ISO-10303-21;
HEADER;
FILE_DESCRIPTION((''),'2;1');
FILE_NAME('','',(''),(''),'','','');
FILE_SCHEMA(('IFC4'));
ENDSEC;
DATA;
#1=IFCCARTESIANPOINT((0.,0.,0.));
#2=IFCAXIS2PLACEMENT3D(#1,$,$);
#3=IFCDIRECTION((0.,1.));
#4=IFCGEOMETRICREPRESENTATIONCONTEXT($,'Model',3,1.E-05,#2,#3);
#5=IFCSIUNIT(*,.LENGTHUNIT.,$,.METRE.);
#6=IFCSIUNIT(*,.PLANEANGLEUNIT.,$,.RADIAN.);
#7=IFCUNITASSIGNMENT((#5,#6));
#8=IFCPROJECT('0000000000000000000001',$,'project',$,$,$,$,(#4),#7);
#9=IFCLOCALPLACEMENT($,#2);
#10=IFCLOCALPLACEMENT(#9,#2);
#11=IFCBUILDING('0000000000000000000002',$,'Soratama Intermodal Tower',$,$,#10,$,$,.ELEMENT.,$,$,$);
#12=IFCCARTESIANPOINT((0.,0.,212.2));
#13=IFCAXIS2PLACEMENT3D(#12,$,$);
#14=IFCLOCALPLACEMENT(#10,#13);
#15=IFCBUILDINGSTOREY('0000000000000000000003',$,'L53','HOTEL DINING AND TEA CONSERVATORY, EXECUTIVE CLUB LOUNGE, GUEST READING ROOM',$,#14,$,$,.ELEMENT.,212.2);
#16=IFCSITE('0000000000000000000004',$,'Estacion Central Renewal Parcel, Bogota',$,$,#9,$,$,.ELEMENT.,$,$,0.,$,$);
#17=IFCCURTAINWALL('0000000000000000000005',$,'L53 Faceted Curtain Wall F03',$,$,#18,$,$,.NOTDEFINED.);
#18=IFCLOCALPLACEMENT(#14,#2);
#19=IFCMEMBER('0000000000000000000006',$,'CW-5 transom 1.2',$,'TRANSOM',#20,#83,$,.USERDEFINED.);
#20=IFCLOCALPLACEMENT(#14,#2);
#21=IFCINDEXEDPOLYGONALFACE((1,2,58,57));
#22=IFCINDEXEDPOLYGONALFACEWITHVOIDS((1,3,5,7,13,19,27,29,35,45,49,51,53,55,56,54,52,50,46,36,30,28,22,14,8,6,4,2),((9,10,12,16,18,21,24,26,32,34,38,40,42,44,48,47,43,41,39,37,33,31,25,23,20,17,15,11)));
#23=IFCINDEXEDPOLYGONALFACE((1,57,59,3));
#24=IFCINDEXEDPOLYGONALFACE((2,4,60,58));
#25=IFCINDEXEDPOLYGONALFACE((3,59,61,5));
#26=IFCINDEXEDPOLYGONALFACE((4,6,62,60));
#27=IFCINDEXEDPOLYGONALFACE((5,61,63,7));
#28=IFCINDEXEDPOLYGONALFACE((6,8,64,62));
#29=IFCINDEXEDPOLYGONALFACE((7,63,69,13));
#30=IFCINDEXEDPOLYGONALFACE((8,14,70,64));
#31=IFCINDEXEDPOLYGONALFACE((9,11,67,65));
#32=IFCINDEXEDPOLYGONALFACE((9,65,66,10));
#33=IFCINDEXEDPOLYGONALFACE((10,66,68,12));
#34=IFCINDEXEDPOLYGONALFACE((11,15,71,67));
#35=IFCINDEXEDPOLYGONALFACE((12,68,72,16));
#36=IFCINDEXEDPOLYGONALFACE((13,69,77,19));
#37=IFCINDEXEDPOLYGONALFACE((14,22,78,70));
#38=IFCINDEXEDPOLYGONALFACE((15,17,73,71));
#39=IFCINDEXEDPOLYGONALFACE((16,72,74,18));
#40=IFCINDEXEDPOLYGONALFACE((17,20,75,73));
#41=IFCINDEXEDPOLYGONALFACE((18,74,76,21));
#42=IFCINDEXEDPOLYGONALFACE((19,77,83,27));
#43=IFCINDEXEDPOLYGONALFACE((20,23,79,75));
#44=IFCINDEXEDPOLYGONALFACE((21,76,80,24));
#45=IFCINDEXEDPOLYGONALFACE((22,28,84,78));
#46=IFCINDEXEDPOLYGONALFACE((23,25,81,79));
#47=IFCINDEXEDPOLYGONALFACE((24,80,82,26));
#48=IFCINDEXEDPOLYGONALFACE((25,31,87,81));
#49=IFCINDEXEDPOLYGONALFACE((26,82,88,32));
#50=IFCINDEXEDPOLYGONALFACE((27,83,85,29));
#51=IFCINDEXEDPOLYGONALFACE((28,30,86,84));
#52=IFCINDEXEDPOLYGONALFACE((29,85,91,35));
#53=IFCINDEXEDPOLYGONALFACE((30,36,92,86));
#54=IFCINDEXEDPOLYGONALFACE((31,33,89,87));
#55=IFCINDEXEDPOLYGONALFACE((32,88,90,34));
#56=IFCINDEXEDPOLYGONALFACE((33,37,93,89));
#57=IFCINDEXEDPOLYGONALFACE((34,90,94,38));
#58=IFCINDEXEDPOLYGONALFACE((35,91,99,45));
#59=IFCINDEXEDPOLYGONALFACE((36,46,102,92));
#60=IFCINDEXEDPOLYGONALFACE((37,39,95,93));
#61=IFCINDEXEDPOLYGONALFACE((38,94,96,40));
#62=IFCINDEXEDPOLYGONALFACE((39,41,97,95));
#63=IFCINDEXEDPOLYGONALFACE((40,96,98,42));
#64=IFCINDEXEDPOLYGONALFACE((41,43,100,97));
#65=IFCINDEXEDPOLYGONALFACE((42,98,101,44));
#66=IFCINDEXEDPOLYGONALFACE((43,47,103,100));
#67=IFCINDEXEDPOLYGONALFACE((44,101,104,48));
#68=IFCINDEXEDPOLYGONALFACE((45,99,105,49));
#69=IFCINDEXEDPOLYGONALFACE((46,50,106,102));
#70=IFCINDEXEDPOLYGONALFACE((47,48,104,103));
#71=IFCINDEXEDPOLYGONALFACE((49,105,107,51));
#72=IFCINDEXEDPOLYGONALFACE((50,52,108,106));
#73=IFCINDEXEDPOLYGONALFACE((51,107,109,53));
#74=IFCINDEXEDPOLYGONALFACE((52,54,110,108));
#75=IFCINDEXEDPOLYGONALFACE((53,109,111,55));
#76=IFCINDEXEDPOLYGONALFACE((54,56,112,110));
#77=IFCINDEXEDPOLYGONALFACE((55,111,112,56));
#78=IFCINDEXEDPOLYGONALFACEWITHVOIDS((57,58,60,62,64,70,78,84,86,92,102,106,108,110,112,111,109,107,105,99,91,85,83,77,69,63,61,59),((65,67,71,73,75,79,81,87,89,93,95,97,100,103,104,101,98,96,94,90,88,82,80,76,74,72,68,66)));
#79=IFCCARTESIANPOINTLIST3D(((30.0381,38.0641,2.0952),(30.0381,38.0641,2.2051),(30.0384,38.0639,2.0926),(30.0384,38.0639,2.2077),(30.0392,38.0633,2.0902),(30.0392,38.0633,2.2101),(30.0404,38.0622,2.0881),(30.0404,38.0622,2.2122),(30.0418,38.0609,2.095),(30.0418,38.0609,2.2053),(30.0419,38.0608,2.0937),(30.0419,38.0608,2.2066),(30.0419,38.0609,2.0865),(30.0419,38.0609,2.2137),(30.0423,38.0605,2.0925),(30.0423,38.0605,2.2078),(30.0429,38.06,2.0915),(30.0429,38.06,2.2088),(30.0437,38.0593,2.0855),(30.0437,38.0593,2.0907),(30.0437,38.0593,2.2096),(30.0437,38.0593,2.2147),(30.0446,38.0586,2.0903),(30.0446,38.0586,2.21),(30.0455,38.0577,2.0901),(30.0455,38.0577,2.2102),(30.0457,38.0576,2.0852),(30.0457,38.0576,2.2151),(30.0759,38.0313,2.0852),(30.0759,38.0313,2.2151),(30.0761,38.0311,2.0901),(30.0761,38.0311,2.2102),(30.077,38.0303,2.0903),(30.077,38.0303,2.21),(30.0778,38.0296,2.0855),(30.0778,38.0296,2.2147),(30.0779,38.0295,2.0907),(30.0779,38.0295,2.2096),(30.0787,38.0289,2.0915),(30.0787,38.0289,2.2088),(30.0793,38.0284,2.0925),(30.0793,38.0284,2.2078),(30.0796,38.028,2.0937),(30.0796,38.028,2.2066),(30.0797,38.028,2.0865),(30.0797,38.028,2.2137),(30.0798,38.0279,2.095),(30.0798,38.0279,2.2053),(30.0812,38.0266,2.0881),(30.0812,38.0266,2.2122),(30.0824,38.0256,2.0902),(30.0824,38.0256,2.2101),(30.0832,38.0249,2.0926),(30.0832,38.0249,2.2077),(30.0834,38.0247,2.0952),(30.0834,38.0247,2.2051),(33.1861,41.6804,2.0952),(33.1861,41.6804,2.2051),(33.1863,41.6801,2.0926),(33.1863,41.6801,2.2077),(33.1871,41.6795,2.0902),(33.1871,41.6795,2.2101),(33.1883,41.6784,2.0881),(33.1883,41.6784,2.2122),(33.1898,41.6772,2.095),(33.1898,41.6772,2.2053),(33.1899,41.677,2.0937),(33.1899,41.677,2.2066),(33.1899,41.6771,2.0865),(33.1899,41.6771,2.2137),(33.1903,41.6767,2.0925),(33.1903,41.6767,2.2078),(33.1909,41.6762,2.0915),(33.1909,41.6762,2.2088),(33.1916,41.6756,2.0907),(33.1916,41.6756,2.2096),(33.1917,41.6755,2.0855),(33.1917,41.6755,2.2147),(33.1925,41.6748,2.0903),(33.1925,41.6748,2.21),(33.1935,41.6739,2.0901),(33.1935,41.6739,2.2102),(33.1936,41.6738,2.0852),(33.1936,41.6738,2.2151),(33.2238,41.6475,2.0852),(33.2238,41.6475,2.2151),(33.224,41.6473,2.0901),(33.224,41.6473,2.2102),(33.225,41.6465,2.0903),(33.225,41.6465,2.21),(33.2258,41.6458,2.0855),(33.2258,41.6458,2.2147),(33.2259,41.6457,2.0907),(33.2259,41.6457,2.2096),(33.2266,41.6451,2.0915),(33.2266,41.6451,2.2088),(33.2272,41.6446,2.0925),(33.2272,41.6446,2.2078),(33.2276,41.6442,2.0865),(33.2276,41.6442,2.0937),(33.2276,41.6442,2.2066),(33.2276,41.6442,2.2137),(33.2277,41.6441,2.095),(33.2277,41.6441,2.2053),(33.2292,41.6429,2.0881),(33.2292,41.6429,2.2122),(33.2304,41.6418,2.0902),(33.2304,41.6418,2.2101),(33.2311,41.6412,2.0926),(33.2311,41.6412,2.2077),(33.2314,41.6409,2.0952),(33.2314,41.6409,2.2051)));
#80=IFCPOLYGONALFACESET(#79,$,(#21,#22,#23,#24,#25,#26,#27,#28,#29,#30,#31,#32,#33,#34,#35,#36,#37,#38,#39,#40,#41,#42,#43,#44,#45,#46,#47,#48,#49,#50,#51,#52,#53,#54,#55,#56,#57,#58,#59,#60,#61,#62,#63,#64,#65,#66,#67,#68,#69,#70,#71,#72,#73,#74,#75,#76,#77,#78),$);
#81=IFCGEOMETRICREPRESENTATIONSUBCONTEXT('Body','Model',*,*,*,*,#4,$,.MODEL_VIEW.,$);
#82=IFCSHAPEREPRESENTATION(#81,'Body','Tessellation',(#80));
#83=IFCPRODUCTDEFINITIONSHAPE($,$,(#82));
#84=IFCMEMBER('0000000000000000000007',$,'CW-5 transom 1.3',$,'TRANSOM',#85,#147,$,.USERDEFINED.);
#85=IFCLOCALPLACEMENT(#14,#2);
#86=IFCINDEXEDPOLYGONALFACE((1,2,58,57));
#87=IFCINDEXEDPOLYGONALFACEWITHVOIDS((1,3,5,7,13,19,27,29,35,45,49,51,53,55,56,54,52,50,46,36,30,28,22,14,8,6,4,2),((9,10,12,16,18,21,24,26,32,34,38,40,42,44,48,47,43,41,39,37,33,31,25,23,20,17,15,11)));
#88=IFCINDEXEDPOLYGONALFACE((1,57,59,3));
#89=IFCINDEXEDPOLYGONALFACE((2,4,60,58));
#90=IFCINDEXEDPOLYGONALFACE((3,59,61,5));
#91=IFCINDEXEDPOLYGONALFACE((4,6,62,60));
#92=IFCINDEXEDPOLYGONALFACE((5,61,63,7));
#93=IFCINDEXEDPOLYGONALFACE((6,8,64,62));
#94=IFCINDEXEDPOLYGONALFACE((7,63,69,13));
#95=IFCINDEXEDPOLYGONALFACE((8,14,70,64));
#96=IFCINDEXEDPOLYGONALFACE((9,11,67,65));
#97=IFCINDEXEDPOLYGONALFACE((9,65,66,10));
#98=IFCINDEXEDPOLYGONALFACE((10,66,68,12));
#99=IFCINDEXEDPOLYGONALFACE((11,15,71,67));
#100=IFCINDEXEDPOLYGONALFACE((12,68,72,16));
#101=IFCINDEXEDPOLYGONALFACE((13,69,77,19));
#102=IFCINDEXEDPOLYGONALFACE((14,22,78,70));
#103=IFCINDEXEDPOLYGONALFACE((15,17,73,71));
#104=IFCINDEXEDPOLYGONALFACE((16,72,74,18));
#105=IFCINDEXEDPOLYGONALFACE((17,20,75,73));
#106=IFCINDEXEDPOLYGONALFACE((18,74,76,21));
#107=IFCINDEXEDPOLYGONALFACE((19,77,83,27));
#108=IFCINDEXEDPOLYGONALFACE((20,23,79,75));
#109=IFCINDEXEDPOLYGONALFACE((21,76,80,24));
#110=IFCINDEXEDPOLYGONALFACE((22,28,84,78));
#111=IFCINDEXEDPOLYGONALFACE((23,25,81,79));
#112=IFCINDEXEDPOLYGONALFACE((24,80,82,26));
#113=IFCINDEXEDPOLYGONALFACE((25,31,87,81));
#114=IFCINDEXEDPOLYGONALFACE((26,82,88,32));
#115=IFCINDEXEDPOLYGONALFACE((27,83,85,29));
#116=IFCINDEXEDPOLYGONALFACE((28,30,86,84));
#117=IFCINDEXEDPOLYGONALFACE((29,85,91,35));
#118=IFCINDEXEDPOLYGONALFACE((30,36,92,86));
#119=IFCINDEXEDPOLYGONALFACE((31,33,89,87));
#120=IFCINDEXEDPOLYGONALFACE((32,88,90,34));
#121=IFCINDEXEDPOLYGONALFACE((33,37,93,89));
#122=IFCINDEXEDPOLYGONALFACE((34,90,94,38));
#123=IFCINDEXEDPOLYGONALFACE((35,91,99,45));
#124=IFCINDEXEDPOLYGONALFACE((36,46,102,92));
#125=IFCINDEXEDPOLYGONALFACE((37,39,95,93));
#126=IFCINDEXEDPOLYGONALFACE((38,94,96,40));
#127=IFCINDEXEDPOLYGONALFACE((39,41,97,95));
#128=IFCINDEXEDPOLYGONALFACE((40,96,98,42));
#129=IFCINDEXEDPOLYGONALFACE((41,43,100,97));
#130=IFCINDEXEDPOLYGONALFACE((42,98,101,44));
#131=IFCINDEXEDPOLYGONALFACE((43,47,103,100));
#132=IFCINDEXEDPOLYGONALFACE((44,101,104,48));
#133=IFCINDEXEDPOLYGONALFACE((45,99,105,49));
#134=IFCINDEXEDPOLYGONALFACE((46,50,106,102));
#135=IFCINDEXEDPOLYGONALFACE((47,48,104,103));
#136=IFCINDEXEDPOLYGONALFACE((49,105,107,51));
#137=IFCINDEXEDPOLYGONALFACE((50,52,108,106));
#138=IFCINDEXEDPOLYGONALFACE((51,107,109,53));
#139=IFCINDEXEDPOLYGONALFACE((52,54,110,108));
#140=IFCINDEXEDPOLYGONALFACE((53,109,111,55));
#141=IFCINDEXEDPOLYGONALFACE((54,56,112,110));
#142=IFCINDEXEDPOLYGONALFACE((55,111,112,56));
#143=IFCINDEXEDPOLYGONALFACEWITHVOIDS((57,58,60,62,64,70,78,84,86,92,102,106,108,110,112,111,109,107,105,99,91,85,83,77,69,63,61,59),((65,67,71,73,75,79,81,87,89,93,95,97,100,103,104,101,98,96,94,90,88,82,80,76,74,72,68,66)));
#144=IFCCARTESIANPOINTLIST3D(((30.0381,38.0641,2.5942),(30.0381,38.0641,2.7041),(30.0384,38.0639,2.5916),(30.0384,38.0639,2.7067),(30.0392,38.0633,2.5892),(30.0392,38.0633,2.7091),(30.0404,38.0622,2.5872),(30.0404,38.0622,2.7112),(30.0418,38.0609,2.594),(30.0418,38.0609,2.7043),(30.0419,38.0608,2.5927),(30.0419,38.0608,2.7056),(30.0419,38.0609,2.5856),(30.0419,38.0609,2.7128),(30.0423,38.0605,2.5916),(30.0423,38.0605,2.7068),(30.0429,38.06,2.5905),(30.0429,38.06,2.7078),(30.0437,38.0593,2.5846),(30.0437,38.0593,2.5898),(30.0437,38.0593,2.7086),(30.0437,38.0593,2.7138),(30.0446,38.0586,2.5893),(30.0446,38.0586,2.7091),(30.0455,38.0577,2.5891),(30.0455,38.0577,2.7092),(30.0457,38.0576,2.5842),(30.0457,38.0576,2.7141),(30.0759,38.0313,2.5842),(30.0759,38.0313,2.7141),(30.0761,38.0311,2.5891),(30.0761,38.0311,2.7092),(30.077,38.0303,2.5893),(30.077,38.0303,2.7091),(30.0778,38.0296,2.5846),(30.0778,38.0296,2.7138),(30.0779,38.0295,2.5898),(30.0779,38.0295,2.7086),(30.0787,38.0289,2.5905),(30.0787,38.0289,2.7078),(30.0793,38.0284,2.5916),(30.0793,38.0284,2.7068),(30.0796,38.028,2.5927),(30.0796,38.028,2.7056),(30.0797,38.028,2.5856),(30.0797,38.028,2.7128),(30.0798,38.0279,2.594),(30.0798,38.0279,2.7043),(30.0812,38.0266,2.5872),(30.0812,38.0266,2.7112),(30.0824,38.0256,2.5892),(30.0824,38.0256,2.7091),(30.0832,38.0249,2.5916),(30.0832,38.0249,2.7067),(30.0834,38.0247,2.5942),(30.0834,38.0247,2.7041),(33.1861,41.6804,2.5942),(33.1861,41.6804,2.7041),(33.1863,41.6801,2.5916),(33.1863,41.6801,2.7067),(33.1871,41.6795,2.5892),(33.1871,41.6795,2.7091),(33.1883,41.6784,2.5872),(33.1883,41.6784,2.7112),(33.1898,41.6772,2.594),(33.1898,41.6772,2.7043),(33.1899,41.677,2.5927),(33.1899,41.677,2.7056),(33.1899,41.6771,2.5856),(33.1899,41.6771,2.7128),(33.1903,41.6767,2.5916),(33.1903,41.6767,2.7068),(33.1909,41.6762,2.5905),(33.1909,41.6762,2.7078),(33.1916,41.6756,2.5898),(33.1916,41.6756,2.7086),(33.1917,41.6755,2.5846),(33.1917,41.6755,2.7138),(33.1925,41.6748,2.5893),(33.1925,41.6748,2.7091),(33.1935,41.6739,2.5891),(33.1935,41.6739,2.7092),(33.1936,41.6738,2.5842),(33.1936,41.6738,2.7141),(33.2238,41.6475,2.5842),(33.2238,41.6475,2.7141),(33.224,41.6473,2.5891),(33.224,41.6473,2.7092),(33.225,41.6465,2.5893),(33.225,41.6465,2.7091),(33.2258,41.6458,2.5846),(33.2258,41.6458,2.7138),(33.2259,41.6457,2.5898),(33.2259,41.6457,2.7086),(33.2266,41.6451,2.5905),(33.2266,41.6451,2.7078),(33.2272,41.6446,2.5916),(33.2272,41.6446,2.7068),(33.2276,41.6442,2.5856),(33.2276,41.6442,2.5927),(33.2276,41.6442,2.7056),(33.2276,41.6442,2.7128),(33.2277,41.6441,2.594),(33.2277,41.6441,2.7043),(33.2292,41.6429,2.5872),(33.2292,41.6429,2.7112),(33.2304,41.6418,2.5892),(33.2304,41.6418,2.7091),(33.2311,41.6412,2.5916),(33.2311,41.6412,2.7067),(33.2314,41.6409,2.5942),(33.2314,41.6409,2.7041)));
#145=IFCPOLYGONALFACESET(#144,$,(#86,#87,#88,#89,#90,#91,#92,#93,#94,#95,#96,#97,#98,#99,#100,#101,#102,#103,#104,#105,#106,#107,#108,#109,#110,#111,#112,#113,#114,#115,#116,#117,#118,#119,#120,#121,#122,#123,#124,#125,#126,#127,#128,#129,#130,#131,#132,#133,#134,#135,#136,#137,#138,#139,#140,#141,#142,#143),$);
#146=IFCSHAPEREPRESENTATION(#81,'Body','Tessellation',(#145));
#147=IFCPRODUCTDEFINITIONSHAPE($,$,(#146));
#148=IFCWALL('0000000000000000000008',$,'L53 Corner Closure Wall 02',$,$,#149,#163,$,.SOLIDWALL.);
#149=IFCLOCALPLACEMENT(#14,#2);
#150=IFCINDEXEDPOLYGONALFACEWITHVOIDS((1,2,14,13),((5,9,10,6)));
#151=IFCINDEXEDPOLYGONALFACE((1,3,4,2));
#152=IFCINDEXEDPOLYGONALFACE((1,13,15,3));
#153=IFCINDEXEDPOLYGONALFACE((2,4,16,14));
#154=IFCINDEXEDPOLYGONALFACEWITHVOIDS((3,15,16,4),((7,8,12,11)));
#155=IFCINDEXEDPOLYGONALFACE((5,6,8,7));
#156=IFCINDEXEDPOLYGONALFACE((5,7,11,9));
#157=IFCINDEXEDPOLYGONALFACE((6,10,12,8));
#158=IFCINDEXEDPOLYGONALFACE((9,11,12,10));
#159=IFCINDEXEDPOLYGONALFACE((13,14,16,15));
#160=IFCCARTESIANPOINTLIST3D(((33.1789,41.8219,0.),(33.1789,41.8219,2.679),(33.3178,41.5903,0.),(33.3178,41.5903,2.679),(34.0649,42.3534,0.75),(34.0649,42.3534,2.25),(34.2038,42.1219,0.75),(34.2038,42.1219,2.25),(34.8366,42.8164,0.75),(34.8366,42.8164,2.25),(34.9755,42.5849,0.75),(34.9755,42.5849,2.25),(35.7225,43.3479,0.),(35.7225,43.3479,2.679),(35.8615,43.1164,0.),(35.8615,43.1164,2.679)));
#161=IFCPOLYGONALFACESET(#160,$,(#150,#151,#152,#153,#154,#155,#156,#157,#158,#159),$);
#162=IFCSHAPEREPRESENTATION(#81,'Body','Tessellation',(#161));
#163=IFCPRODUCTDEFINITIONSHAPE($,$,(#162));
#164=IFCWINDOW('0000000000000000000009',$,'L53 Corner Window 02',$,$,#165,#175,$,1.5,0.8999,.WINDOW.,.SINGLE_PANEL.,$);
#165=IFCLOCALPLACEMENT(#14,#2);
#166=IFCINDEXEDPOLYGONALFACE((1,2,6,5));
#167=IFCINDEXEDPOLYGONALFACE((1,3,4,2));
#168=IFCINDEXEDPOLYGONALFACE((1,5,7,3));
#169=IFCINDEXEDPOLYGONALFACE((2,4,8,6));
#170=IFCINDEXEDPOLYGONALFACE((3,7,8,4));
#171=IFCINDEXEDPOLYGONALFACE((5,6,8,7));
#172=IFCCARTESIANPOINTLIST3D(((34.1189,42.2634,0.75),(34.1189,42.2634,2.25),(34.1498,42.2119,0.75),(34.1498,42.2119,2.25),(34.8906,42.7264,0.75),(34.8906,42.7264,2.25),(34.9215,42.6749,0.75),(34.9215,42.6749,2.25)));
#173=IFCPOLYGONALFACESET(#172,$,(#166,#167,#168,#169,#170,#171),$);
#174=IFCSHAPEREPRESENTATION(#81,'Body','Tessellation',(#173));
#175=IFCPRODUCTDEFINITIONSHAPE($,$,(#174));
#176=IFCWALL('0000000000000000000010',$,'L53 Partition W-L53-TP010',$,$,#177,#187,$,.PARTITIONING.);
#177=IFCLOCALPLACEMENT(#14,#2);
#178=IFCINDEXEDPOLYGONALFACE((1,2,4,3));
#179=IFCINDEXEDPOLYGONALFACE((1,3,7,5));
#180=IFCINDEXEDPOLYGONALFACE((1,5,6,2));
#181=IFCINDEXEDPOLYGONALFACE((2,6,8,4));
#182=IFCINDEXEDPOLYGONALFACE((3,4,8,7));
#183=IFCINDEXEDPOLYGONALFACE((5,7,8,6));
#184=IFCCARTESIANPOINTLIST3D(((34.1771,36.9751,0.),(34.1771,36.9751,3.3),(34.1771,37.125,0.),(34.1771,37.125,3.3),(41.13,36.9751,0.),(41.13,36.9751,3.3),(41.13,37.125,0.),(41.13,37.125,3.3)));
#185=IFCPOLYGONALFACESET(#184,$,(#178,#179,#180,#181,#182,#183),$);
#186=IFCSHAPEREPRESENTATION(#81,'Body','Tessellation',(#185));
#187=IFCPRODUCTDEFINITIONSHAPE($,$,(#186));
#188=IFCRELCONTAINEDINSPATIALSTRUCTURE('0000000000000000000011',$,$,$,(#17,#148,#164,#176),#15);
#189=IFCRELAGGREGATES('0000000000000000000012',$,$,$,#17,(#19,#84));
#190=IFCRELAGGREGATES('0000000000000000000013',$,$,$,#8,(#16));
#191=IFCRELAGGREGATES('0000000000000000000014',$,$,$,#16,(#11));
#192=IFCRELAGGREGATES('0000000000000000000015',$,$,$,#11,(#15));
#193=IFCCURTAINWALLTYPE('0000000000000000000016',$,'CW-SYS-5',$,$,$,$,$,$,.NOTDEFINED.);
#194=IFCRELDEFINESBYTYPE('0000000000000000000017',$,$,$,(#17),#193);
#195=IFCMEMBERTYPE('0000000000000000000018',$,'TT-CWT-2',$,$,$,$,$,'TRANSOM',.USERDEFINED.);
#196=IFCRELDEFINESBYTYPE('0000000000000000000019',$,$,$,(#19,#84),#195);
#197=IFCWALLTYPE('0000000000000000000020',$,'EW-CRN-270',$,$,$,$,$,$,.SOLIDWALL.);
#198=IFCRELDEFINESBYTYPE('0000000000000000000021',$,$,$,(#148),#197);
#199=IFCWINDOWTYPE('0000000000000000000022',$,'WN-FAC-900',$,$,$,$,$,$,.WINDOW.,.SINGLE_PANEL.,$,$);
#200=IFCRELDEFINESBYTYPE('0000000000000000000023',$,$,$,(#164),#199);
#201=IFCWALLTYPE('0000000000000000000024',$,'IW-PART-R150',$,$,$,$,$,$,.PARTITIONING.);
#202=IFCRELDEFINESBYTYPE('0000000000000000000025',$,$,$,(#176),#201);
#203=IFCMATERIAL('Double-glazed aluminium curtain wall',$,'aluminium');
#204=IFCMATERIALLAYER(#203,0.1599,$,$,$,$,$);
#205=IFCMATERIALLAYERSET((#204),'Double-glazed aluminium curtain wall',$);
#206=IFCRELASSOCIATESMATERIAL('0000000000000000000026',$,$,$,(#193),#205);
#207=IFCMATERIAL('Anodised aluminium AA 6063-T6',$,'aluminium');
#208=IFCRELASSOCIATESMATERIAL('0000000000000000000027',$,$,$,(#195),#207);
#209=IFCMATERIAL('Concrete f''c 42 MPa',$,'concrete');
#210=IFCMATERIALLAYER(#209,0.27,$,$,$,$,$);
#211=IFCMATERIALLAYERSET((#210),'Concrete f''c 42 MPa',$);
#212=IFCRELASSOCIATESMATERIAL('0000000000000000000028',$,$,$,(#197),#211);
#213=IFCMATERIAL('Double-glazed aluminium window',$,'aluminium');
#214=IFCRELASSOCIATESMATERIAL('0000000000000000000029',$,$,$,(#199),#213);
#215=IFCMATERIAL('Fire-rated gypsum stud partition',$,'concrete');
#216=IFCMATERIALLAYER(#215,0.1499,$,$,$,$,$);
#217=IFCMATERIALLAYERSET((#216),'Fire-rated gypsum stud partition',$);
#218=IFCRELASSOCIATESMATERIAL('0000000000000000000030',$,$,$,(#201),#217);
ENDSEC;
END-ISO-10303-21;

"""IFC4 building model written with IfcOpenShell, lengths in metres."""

from ifc_helpers import new_model, si_unit, direction, frame, frame_2d, origin, origin_2d, place, context, subcontext, project, spatial, rectangle, hollow_rectangle, extrude, material, layer, layer_set, material_profile, profile_set, type_object, element, fill, aggregate, save


model = new_model("IFC4")

# Units and contexts
model_context = context("Model", 3, precision=1e-05, world=origin(), true_north=direction((0.0, 1.0)))
body_context = subcontext(model_context, "Body", "Model", "MODEL_VIEW")
ifc_project = project(units=[si_unit("LENGTHUNIT", "METRE"), si_unit("PLANEANGLEUNIT", "RADIAN")], contexts=[model_context])

# Site, building, storey
site_placement = place(None, origin())
site = spatial("IfcSite", under=ifc_project, at=site_placement, Name="Estacion Central Renewal Parcel, Bogota", CompositionType="ELEMENT", RefElevation=0.0)
building_placement = place(site_placement, origin())
building = spatial("IfcBuilding", under=site, at=building_placement, Name="Soratama Intermodal Tower", CompositionType="ELEMENT")
storey_placement = place(building_placement, frame((0.0, 0.0, 212.2)))
storey = spatial("IfcBuildingStorey", under=building, at=storey_placement, Name="L53", Description="HOTEL DINING AND TEA CONSERVATORY, EXECUTIVE CLUB LOUNGE, GUEST READING ROOM", CompositionType="ELEMENT", Elevation=212.2)

# Curtain wall, members
ifc_material_1 = material(Name="Double-glazed aluminium curtain wall", Category="aluminium")
ifc_layer_1 = layer(ifc_material_1, 0.1599)
ifc_layer_set_1 = layer_set([ifc_layer_1], Name="Double-glazed aluminium curtain wall")
curtain_wall_type = type_object("IfcCurtainWallType", Name="CW-SYS-5", PredefinedType="NOTDEFINED", material=ifc_layer_set_1)
curtain_wall_placement = place(storey_placement, origin())
curtain_wall = element("IfcCurtainWall", 1, at=curtain_wall_placement, inside=storey, type_object=curtain_wall_type, Name="L53 Faceted Curtain Wall F03", PredefinedType="NOTDEFINED")
ifc_material_2 = material(Name="Anodised aluminium AA 6063-T6", Category="aluminium")
ifc_material_profile_1 = material_profile(ifc_material_2, hollow_rectangle(XDim=0.0601, YDim=0.1299, WallThickness=0.0049, InnerFilletRadius=0.0049, OuterFilletRadius=0.01, at=origin_2d()), Name="CWT130X60X5")
ifc_profile_set_1 = profile_set([ifc_material_profile_1], Name="Anodised aluminium AA 6063-T6")
member_type_1 = type_object("IfcMemberType", Name="TT-CWT-2", ElementType="TRANSOM", PredefinedType="USERDEFINED", material=ifc_profile_set_1)
member_1_placement = place(storey_placement, frame((33.2087, 41.6606, 2.1501), z_axis=(-0.656585, -0.754252, 0.0), x_axis=(0.754252, -0.656585, 0.0)))
member_1 = element("IfcMember", 2, at=member_1_placement, type_object=member_type_1, Name="CW-5 transom 1.2", ObjectType="TRANSOM", PredefinedType="USERDEFINED", context=body_context, shape_type="SweptSolid", body=[
    extrude(hollow_rectangle(XDim=0.0601, YDim=0.1299, WallThickness=0.0049, InnerFilletRadius=0.0049, OuterFilletRadius=0.01, at=origin_2d()), origin(), (0.0, 0.0, 1.0), 4.7944),
])
member_2_placement = place(storey_placement, frame((33.2087, 41.6606, 2.6492), z_axis=(-0.656585, -0.754252, 0.0), x_axis=(0.754252, -0.656585, 0.0)))
member_2 = element("IfcMember", 3, at=member_2_placement, type_object=member_type_1, Name="CW-5 transom 1.3", ObjectType="TRANSOM", PredefinedType="USERDEFINED", context=body_context, shape_type="SweptSolid", body=[
    extrude(hollow_rectangle(XDim=0.0601, YDim=0.1299, WallThickness=0.0049, InnerFilletRadius=0.0049, OuterFilletRadius=0.01, at=origin_2d()), origin(), (0.0, 0.0, 1.0), 4.7944),
])
aggregate(curtain_wall, [member_1, member_2])

# Wall, opening, window
ifc_material_3 = material(Name="Concrete f'c 42 MPa", Category="concrete")
ifc_layer_2 = layer(ifc_material_3, 0.27)
ifc_layer_set_2 = layer_set([ifc_layer_2], Name="Concrete f'c 42 MPa")
wall_type_1 = type_object("IfcWallType", Name="EW-CRN-270", PredefinedType="SOLIDWALL", material=ifc_layer_set_2)
wall_1_placement = place(storey_placement, frame((35.792, 43.2322, 0.0), z_axis=(0.0, 0.0, 1.0), x_axis=(-0.857507, -0.514472, 0.0)))
wall_1 = element("IfcWall", 4, at=wall_1_placement, inside=storey, type_object=wall_type_1, Name="L53 Corner Closure Wall 02", PredefinedType="SOLIDWALL", context=body_context, shape_type="SweptSolid", body=[
    extrude(rectangle(XDim=2.9663, YDim=0.27, at=frame_2d((1.4832, 0.0))), origin(), (0.0, 0.0, 1.0), 2.679),
])
opening_placement = place(wall_1_placement, frame((1.0332, 0.0, 0.75)))
opening = element("IfcOpeningElement", 5, at=opening_placement, cuts=wall_1, PredefinedType="OPENING", context=body_context, shape_type="SweptSolid", body=[
    extrude(rectangle(XDim=0.8999, YDim=1.5, at=frame_2d((0.45, 0.75))), frame((0.0, 0.145, 0.0), z_axis=(0.0, -1.0, 0.0), x_axis=(1.0, 0.0, 0.0)), (0.0, 0.0, 1.0), 0.29),
])
ifc_material_4 = material(Name="Double-glazed aluminium window", Category="aluminium")
window_type = type_object("IfcWindowType", Name="WN-FAC-900", PartitioningType="SINGLE_PANEL", PredefinedType="WINDOW", material=ifc_material_4)
window_placement = place(opening_placement, origin())
window = element("IfcWindow", 6, at=window_placement, inside=storey, type_object=window_type, Name="L53 Corner Window 02", OverallHeight=1.5, OverallWidth=0.8999, PartitioningType="SINGLE_PANEL", PredefinedType="WINDOW", context=body_context, shape_type="SweptSolid", body=[
    extrude(rectangle(XDim=0.8999, YDim=1.5, at=frame_2d((0.45, 0.75))), frame((0.0, 0.03, 0.0), z_axis=(0.0, -1.0, 0.0), x_axis=(1.0, 0.0, 0.0)), (0.0, 0.0, 1.0), 0.0601),
])
fill(opening, window)

# Wall
ifc_material_5 = material(Name="Fire-rated gypsum stud partition", Category="concrete")
ifc_layer_3 = layer(ifc_material_5, 0.1499)
ifc_layer_set_3 = layer_set([ifc_layer_3], Name="Fire-rated gypsum stud partition")
wall_type_2 = type_object("IfcWallType", Name="IW-PART-R150", PredefinedType="PARTITIONING", material=ifc_layer_set_3)
wall_2_placement = place(storey_placement, frame((34.177, 37.05, 0.0), z_axis=(0.0, 0.0, 1.0), x_axis=(1.0, 0.0, 0.0)))
element("IfcWall", 7, at=wall_2_placement, inside=storey, type_object=wall_type_2, Name="L53 Partition W-L53-TP010", PredefinedType="PARTITIONING", context=body_context, shape_type="SweptSolid", body=[
    extrude(rectangle(XDim=6.9529, YDim=0.1499, at=frame_2d((3.4766, 0.0))), origin(), (0.0, 0.0, 1.0), 3.3),
])

save(model, "model.ifc")
